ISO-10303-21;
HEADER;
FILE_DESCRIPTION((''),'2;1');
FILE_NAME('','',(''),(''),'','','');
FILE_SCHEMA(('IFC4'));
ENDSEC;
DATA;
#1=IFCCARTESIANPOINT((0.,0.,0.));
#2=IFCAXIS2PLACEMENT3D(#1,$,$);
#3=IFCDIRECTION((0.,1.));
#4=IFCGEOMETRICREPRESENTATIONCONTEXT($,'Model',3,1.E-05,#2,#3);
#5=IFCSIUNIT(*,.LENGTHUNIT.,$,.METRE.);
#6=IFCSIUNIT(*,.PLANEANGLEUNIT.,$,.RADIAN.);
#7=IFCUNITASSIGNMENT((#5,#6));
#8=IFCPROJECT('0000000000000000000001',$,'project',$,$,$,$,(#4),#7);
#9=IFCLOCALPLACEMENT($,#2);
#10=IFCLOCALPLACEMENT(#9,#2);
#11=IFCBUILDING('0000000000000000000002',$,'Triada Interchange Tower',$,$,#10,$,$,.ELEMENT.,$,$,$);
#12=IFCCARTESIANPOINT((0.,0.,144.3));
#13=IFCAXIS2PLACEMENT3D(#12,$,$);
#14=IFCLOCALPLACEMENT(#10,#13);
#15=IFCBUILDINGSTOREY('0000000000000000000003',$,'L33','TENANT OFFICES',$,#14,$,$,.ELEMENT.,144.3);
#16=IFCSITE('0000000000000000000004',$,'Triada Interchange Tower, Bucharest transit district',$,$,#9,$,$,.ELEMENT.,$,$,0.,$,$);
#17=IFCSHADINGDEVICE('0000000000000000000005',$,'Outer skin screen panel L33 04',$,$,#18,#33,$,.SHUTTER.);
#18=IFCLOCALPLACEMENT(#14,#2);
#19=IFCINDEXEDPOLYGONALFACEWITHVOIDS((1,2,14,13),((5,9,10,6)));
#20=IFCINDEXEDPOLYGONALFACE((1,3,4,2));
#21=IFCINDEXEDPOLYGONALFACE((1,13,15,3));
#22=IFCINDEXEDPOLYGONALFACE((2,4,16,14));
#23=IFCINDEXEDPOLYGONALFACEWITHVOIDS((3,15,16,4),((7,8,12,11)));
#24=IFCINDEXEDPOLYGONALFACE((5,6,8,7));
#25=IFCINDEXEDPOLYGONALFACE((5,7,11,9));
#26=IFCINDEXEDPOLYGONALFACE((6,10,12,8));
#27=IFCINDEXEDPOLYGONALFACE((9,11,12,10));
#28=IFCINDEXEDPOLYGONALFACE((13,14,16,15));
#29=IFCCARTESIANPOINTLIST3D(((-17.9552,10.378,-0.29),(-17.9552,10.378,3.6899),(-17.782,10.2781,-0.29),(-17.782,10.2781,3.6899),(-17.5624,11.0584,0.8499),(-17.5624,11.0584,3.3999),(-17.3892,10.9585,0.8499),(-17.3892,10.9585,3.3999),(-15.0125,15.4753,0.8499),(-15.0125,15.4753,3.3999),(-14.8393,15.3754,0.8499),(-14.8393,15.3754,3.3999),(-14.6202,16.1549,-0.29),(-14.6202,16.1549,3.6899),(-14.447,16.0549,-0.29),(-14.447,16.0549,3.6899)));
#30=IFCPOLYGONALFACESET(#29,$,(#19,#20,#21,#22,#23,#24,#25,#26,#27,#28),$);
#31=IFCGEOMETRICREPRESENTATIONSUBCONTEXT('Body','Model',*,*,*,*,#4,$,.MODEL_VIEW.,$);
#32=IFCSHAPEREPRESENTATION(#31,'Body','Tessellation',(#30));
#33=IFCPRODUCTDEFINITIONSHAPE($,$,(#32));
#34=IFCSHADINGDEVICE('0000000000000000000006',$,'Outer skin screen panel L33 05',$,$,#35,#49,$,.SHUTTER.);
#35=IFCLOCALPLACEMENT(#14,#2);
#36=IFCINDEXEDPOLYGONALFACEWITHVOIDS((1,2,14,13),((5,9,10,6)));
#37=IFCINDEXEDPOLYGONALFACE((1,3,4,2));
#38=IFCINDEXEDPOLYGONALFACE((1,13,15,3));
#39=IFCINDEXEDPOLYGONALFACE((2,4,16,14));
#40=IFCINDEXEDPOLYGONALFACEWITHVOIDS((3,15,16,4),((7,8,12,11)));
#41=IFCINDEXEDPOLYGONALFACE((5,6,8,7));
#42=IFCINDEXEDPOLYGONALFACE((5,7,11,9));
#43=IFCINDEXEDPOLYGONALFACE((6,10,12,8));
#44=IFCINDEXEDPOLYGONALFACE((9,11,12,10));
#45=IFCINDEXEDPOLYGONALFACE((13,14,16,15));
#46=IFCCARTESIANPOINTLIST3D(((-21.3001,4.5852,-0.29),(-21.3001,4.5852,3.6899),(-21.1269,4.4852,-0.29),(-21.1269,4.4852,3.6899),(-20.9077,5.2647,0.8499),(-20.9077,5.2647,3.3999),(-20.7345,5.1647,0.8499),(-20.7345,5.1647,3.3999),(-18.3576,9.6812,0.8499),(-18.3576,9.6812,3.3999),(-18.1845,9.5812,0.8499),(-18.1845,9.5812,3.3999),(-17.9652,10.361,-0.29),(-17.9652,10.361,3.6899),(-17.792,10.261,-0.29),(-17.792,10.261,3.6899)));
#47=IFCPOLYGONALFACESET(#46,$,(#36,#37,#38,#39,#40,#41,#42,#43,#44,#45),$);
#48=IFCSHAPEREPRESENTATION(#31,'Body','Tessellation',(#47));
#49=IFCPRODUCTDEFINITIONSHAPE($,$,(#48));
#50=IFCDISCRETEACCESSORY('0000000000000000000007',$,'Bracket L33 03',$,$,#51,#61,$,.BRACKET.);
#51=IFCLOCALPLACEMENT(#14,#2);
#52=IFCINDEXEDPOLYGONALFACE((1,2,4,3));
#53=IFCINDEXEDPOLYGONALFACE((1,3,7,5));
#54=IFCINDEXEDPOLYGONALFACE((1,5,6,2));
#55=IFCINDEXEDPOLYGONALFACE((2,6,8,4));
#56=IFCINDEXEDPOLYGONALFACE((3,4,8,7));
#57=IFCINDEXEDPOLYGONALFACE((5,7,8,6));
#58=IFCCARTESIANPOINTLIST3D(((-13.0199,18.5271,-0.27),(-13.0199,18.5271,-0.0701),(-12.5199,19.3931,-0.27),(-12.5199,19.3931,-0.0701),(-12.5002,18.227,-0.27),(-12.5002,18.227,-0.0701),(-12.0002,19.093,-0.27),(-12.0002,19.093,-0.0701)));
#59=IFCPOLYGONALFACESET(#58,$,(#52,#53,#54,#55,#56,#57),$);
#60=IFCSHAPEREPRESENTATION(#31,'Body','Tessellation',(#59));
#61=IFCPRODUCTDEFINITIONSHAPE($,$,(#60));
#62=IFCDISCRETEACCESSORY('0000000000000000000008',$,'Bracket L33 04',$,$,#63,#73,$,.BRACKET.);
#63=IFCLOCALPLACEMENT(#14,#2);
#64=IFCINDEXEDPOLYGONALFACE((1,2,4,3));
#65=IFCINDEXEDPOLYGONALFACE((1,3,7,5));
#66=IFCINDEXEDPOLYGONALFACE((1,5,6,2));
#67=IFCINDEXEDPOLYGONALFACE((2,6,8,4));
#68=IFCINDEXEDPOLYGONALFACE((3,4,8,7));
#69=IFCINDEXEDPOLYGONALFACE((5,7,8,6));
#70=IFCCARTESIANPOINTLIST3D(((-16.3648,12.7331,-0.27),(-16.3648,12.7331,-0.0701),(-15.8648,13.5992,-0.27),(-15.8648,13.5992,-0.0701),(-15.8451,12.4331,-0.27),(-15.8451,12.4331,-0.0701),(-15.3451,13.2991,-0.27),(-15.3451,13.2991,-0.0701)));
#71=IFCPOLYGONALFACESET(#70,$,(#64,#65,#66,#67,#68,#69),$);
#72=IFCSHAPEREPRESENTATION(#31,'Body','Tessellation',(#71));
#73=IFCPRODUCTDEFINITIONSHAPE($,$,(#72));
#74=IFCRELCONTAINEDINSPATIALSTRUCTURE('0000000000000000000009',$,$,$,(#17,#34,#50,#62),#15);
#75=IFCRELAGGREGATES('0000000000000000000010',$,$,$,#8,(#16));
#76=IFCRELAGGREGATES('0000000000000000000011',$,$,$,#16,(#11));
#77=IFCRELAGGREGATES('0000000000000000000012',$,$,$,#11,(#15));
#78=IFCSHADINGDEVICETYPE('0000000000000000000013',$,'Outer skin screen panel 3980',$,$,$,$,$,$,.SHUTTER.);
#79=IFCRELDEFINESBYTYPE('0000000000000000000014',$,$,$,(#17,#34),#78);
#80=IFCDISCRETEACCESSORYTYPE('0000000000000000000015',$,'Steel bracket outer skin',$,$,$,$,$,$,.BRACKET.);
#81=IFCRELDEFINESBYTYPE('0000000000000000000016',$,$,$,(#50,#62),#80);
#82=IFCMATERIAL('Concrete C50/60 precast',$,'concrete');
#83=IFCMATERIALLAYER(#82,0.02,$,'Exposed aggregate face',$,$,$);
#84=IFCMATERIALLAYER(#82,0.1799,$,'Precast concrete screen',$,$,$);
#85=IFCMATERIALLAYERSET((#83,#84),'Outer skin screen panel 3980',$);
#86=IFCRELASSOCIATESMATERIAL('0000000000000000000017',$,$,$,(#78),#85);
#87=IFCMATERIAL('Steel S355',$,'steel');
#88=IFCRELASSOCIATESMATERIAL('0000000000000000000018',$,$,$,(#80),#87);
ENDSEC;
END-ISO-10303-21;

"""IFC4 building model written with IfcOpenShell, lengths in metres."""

from ifc_helpers import new_model, si_unit, direction, frame, origin, origin_2d, place, context, subcontext, project, spatial, polyline, rectangle, outline, extrude, material, layer, layer_set, type_object, element, save


model = new_model("IFC4")

# Units and contexts
model_context = context("Model", 3, precision=1e-05, world=origin(), true_north=direction((0.0, 1.0)))
body_context = subcontext(model_context, "Body", "Model", "MODEL_VIEW")
ifc_project = project(units=[si_unit("LENGTHUNIT", "METRE"), si_unit("PLANEANGLEUNIT", "RADIAN")], contexts=[model_context])

# Site, building, storey
site_placement = place(None, origin())
site = spatial("IfcSite", under=ifc_project, at=site_placement, Name="Triada Interchange Tower, Bucharest transit district", CompositionType="ELEMENT", RefElevation=0.0)
building_placement = place(site_placement, origin())
building = spatial("IfcBuilding", under=site, at=building_placement, Name="Triada Interchange Tower", CompositionType="ELEMENT")
storey_placement = place(building_placement, frame((0.0, 0.0, 144.3)))
storey = spatial("IfcBuildingStorey", under=building, at=storey_placement, Name="L33", Description="TENANT OFFICES", CompositionType="ELEMENT", Elevation=144.3)

# Shading devices
ifc_material_1 = material(Name="Concrete C50/60 precast", Category="concrete")
ifc_layer_1 = layer(ifc_material_1, 0.02, Name="Exposed aggregate face")
ifc_layer_2 = layer(ifc_material_1, 0.1799, Name="Precast concrete screen")
ifc_layer_set_1 = layer_set([ifc_layer_1, ifc_layer_2], Name="Outer skin screen panel 3980")
shading_device_type = type_object("IfcShadingDeviceType", Name="Outer skin screen panel 3980", PredefinedType="SHUTTER", material=ifc_layer_set_1)
shading_device_1_placement = place(storey_placement, frame((-14.447, 16.0549, -0.29), z_axis=(0.0, 0.0, 1.0), x_axis=(-0.499965, -0.866045, 0.0)))
element("IfcShadingDevice", 1, at=shading_device_1_placement, inside=storey, type_object=shading_device_type, Name="Outer skin screen panel L33 04", PredefinedType="SHUTTER", context=body_context, shape_type="SweptSolid", body=[
    extrude(outline(polyline([(0.0, 0.0), (6.6704, 0.0), (6.6704, 3.98), (0.0, 3.98), (0.0, 0.0)]), holes=[polyline([(0.7847, 1.1399), (0.7847, 3.6899), (5.8848, 3.6899), (5.8848, 1.1399), (0.7847, 1.1399)])]), frame((0.0, 0.0, 0.0), z_axis=(0.0, -1.0, 0.0), x_axis=(1.0, 0.0, 0.0)), (0.0, 0.0, 1.0), 0.2),
])
shading_device_2_placement = place(storey_placement, frame((-17.792, 10.261, -0.29), z_axis=(0.0, 0.0, 1.0), x_axis=(-0.500029, -0.866009, 0.0)))
element("IfcShadingDevice", 2, at=shading_device_2_placement, inside=storey, type_object=shading_device_type, Name="Outer skin screen panel L33 05", PredefinedType="SHUTTER", context=body_context, shape_type="SweptSolid", body=[
    extrude(outline(polyline([(0.0, 0.0), (6.6694, 0.0), (6.6694, 3.98), (0.0, 3.98), (0.0, 0.0)]), holes=[polyline([(0.7849, 1.1399), (0.7849, 3.6899), (5.8848, 3.6899), (5.8848, 1.1399), (0.7849, 1.1399)])]), frame((0.0, 0.0, 0.0), z_axis=(0.0, -1.0, 0.0), x_axis=(1.0, 0.0, 0.0)), (0.0, 0.0, 1.0), 0.2),
])

# Discrete accessories
ifc_material_2 = material(Name="Steel S355", Category="steel")
discrete_accessory_type = type_object("IfcDiscreteAccessoryType", Name="Steel bracket outer skin", PredefinedType="BRACKET", material=ifc_material_2)
for number, where, z_axis, x_axis, name in (
    (3, (-12.51, 18.8101, -0.27), (0.0, 0.0, 1.0), (-0.866021, 0.500007, 0.0), "Bracket L33 03"),
    (4, (-15.855, 13.0161, -0.27), (0.0, 0.0, 1.0), (-0.866021, 0.500007, 0.0), "Bracket L33 04"),
):
    element("IfcDiscreteAccessory", number, at=place(storey_placement, frame(where, z_axis=z_axis, x_axis=x_axis)), inside=storey, type_object=discrete_accessory_type, Name=name, PredefinedType="BRACKET", context=body_context, shape_type="SweptSolid", body=[
        extrude(rectangle(XDim=0.6001, YDim=1.0, at=origin_2d()), origin(), (0.0, 0.0, 1.0), 0.2),
    ])

save(model, "model.ifc")
